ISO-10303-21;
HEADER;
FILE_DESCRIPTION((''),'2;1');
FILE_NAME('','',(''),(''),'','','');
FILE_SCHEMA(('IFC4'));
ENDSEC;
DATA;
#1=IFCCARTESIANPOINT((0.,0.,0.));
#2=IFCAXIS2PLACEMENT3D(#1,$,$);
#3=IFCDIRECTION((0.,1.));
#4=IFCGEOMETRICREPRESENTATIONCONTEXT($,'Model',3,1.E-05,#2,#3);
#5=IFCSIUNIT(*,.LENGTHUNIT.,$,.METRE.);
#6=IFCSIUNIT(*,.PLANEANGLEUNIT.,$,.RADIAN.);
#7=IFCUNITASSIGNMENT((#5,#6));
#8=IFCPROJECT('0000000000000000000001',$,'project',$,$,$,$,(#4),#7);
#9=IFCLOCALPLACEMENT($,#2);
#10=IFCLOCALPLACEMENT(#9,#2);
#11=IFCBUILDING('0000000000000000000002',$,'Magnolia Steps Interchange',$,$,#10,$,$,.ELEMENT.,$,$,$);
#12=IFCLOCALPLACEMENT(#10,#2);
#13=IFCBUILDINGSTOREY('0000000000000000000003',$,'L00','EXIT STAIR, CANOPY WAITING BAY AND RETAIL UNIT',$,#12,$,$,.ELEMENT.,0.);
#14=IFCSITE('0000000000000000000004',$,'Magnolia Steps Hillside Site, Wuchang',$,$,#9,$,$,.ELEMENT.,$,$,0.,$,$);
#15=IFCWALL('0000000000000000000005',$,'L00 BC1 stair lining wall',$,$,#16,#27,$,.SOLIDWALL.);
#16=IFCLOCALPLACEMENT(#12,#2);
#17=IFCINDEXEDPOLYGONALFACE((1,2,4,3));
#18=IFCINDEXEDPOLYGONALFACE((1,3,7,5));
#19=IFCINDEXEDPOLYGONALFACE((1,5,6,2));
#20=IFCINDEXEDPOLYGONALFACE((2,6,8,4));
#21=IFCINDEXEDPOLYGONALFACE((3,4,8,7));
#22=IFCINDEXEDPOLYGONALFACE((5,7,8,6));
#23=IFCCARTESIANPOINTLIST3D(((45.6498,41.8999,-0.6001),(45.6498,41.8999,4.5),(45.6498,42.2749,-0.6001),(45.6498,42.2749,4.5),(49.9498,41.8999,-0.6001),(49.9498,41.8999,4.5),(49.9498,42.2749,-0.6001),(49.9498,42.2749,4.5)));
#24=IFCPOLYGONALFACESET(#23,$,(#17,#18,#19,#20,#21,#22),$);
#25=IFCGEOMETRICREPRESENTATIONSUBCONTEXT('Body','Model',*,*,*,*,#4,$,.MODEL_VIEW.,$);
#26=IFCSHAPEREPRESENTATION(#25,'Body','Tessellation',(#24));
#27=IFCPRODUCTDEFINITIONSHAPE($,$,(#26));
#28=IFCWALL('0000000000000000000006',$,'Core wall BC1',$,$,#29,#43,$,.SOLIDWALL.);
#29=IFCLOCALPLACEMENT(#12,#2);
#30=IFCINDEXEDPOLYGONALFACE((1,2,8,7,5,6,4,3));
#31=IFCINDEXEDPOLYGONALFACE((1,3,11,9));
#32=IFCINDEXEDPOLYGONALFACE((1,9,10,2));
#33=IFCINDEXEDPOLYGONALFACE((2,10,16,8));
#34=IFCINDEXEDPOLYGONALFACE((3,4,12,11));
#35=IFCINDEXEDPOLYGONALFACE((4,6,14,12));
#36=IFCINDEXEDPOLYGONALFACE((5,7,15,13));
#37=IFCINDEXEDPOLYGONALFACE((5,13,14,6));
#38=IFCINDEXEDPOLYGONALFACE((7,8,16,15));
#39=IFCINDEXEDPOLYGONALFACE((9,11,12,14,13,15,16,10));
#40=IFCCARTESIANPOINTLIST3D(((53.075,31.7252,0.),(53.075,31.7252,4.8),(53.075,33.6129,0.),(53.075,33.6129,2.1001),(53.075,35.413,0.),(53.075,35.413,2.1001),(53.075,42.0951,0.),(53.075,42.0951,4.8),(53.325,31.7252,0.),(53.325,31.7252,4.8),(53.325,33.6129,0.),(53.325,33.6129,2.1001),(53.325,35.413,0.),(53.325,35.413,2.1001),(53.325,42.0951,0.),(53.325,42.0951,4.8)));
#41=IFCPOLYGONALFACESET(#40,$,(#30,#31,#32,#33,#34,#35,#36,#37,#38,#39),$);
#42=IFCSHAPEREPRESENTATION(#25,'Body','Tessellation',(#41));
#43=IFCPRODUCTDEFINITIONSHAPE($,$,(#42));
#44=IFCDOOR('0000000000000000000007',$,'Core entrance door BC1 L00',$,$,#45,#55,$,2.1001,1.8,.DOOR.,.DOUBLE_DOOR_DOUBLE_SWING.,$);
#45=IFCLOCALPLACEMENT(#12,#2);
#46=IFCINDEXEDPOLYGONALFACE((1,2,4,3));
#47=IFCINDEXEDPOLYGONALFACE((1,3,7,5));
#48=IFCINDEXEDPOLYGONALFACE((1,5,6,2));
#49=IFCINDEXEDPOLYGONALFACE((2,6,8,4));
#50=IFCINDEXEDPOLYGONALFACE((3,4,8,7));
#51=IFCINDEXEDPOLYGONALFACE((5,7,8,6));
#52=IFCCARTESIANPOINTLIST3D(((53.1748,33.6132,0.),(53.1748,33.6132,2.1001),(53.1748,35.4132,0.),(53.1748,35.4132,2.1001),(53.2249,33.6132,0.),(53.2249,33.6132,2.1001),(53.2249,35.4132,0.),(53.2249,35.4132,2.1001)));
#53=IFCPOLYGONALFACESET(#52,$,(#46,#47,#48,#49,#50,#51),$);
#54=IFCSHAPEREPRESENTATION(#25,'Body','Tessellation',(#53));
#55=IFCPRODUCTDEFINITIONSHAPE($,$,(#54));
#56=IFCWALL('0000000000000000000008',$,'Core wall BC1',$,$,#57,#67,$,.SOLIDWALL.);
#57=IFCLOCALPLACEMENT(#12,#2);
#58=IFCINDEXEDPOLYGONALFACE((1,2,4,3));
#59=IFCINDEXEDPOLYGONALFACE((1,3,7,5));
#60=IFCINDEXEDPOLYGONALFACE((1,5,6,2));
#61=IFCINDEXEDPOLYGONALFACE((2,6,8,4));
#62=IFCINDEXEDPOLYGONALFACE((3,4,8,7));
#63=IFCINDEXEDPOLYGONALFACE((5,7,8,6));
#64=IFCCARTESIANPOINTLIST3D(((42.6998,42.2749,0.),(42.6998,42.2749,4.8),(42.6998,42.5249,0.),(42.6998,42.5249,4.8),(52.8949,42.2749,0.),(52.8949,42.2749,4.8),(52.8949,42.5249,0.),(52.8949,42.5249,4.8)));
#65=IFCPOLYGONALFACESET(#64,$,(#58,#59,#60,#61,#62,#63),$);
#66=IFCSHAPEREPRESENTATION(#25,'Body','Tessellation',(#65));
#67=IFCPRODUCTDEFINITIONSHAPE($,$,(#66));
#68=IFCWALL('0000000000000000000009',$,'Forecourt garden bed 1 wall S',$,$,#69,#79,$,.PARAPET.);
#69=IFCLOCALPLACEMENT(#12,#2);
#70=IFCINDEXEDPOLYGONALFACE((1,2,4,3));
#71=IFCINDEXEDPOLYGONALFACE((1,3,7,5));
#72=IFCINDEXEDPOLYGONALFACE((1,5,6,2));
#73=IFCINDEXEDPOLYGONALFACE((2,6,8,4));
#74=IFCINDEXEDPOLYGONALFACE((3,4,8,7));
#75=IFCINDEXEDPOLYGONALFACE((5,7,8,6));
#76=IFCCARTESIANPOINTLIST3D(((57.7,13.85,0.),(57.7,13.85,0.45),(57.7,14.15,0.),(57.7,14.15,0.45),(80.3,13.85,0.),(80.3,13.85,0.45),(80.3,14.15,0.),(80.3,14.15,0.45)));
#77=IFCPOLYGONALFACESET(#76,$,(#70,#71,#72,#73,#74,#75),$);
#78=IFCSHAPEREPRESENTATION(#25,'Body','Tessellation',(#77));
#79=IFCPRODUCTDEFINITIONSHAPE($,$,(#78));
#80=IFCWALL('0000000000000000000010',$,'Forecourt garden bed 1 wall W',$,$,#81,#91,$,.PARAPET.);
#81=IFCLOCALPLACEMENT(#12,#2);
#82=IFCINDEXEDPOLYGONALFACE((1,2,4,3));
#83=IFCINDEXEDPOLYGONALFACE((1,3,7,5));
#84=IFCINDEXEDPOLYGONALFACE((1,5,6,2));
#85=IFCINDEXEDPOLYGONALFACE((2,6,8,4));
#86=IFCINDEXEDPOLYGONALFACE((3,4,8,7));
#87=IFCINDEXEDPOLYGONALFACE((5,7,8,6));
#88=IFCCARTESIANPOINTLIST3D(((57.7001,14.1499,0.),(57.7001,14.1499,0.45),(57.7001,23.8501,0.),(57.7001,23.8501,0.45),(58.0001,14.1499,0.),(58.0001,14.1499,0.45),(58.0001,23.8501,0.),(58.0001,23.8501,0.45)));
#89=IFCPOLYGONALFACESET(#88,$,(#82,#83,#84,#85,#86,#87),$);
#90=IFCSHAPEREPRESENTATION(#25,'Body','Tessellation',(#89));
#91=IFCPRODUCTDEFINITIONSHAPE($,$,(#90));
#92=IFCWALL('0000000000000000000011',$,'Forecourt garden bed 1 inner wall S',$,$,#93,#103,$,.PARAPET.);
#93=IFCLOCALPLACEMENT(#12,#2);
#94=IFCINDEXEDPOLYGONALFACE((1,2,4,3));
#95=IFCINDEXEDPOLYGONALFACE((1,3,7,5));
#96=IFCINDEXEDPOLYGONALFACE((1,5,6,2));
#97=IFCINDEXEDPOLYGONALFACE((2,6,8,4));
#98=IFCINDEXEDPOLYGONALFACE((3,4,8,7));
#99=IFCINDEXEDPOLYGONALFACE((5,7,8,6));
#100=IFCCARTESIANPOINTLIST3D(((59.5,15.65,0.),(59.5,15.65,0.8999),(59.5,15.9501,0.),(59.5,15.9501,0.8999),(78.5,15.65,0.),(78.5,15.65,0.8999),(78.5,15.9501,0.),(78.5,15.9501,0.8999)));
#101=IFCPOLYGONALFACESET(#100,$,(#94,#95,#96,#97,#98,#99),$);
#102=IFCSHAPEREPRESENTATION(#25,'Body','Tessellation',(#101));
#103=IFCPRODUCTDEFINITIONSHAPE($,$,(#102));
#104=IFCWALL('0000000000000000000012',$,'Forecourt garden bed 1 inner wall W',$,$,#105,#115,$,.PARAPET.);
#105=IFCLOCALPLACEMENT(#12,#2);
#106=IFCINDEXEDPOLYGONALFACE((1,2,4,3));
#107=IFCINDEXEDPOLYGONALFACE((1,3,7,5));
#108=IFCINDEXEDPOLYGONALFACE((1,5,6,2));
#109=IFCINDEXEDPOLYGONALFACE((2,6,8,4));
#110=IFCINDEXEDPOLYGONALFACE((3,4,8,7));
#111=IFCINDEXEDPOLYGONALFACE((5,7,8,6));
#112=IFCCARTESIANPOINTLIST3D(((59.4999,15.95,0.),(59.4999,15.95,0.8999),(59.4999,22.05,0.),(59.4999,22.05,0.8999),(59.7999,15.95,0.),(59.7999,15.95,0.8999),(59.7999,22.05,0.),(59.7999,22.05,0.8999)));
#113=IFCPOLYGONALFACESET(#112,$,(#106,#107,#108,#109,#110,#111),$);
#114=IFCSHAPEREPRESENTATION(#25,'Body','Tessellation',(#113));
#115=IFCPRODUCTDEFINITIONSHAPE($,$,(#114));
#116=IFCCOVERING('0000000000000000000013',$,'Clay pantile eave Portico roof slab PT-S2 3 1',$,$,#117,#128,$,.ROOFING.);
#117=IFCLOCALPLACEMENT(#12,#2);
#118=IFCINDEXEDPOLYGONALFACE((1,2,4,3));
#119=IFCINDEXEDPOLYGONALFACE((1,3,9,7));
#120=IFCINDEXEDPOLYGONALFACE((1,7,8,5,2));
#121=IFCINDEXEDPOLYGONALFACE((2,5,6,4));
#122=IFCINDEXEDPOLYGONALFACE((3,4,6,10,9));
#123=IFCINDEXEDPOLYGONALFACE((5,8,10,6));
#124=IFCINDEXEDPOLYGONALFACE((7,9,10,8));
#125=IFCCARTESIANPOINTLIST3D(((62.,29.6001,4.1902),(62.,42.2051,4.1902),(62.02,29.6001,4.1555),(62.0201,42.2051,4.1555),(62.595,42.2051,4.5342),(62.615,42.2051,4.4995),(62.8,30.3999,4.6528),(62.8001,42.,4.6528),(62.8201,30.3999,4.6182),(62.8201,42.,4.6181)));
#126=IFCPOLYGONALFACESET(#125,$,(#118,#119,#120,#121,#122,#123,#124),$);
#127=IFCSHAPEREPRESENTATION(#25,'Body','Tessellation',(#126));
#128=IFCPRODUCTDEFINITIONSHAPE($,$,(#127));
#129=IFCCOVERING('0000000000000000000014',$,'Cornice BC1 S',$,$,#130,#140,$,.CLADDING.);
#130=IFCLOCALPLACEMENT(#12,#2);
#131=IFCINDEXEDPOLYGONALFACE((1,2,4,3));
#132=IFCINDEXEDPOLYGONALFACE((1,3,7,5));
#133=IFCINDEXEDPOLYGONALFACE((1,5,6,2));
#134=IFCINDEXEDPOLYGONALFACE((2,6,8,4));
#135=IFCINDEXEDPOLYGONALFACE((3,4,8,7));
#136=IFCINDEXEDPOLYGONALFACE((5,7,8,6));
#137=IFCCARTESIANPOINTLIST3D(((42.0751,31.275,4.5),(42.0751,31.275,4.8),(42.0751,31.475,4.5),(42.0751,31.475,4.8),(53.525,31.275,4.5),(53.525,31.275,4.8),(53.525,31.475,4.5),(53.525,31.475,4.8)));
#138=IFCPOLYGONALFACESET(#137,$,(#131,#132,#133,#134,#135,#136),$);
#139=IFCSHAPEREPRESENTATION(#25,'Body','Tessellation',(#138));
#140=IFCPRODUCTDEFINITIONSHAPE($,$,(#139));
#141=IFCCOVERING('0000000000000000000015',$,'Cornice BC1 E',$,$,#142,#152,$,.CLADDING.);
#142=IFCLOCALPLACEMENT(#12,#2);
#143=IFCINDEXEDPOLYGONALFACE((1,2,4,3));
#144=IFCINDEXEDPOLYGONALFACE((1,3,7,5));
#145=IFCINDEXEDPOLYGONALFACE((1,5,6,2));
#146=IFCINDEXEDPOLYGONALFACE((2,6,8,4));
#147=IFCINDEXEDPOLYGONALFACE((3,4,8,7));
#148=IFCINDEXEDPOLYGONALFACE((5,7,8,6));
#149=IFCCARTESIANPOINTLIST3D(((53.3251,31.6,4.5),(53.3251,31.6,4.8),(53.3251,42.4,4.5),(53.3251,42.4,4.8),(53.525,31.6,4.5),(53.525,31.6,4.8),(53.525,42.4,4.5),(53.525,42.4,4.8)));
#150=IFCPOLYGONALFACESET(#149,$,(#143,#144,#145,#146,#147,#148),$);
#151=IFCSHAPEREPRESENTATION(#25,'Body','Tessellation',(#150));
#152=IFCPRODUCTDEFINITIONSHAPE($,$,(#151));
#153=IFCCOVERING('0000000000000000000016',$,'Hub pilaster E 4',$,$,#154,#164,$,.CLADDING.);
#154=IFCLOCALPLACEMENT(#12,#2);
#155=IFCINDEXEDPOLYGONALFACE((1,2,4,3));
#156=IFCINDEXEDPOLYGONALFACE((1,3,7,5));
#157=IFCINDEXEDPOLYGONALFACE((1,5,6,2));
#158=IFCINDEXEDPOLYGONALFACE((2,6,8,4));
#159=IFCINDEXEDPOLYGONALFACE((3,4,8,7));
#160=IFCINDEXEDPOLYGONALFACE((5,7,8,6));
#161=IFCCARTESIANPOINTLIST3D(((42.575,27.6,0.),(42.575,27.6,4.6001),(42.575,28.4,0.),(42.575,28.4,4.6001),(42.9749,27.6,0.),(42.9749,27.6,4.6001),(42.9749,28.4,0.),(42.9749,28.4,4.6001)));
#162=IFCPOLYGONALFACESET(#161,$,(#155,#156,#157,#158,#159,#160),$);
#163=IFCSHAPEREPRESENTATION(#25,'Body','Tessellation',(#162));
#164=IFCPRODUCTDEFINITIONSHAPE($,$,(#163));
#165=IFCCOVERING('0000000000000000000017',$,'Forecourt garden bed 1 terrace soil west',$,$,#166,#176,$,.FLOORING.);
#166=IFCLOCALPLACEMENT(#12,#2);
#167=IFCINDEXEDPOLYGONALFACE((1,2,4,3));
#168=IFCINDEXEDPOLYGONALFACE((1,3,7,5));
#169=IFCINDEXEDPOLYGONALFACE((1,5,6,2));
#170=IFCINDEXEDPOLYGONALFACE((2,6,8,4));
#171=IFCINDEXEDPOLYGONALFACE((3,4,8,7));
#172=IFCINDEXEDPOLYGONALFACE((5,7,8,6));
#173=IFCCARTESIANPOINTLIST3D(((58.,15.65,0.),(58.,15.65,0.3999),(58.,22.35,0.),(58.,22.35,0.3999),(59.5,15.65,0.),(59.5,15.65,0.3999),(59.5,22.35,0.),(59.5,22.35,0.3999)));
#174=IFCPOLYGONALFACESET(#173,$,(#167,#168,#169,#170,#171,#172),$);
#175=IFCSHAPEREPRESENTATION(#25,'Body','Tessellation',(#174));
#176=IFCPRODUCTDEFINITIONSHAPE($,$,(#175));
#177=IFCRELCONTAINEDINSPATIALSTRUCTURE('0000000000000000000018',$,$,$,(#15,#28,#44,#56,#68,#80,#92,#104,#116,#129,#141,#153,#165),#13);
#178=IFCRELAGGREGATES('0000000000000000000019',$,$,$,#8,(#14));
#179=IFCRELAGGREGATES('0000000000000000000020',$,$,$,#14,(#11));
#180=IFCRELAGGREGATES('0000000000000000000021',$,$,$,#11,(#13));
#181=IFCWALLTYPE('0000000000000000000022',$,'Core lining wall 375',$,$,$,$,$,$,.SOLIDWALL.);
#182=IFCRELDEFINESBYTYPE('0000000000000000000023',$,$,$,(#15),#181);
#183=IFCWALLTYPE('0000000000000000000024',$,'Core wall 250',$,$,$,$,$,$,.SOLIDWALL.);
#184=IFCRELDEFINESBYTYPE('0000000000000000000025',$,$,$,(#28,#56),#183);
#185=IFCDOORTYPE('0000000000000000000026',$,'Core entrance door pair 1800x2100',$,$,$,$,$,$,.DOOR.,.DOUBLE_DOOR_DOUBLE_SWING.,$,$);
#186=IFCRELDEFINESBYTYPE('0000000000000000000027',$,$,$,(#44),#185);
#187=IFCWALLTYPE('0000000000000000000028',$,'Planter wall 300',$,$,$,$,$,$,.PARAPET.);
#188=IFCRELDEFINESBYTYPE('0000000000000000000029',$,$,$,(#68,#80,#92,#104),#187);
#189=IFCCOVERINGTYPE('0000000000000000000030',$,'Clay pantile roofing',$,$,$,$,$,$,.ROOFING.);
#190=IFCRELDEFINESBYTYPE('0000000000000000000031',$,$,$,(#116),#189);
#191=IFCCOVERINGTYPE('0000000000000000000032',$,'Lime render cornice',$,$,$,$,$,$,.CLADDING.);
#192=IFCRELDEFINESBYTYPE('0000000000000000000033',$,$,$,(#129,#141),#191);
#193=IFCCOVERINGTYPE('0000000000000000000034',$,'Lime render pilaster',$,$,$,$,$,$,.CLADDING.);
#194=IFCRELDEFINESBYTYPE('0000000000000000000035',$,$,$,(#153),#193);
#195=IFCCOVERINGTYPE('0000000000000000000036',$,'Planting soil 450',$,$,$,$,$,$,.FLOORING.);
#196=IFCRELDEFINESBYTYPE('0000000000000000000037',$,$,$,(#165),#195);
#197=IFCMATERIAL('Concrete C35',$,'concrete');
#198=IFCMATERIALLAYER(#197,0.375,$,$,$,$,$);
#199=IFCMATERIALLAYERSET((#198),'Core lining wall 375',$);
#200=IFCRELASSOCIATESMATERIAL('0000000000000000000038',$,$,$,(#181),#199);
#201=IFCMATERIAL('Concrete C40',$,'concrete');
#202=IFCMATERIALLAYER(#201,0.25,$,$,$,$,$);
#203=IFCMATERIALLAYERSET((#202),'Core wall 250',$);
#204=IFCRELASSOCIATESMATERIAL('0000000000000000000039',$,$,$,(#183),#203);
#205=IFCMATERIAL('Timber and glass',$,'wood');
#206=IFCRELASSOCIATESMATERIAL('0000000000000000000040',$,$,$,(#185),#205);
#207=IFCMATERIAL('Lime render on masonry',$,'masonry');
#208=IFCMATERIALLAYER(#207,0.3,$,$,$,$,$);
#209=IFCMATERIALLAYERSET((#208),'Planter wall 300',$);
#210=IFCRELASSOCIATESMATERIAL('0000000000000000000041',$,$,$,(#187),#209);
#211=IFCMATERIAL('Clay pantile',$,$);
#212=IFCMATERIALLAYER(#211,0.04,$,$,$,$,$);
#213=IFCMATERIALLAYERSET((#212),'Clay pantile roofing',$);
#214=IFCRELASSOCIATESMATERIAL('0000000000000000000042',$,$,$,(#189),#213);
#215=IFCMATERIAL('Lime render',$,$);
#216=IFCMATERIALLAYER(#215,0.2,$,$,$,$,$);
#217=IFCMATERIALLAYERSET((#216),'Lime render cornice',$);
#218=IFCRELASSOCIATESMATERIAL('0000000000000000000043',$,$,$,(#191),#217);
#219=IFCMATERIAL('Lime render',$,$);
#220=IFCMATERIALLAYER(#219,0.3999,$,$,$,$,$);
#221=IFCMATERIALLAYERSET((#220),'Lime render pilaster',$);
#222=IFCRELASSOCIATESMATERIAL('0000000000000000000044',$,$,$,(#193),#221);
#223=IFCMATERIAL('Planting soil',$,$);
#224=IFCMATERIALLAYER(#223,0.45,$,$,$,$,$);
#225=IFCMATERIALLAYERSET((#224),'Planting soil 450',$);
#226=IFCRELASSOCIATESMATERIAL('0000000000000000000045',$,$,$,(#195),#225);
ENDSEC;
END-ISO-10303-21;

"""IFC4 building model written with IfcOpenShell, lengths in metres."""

from ifc_helpers import new_model, si_unit, direction, frame, frame_2d, origin, origin_2d, place, context, subcontext, project, spatial, polyline, rectangle, outline, extrude, material, layer, layer_set, type_object, element, fill, save


model = new_model("IFC4")

# Units and contexts
model_context = context("Model", 3, precision=1e-05, world=origin(), true_north=direction((0.0, 1.0)))
body_context = subcontext(model_context, "Body", "Model", "MODEL_VIEW")
ifc_project = project(units=[si_unit("LENGTHUNIT", "METRE"), si_unit("PLANEANGLEUNIT", "RADIAN")], contexts=[model_context])

# Site, building, storey
site_placement = place(None, origin())
site = spatial("IfcSite", under=ifc_project, at=site_placement, Name="Magnolia Steps Hillside Site, Wuchang", CompositionType="ELEMENT", RefElevation=0.0)
building_placement = place(site_placement, origin())
building = spatial("IfcBuilding", under=site, at=building_placement, Name="Magnolia Steps Interchange", CompositionType="ELEMENT")
storey_placement = place(building_placement, origin())
storey = spatial("IfcBuildingStorey", under=building, at=storey_placement, Name="L00", Description="EXIT STAIR, CANOPY WAITING BAY AND RETAIL UNIT", CompositionType="ELEMENT", Elevation=0.0)

# Wall
ifc_material_1 = material(Name="Concrete C35", Category="concrete")
ifc_layer_1 = layer(ifc_material_1, 0.375)
ifc_layer_set_1 = layer_set([ifc_layer_1], Name="Core lining wall 375")
wall_type_1 = type_object("IfcWallType", Name="Core lining wall 375", PredefinedType="SOLIDWALL", material=ifc_layer_set_1)
wall_1_placement = place(storey_placement, frame((45.6499, 42.0874, -0.6001), z_axis=(0.0, 0.0, 1.0), x_axis=(1.0, 0.0, 0.0)))
element("IfcWall", 1, at=wall_1_placement, inside=storey, type_object=wall_type_1, Name="L00 BC1 stair lining wall", PredefinedType="SOLIDWALL", context=body_context, shape_type="SweptSolid", body=[
    extrude(rectangle(XDim=4.3, YDim=0.375, at=frame_2d((2.1499, 0.0))), origin(), (0.0, 0.0, 1.0), 5.1001),
])

# Wall, opening, door
ifc_material_2 = material(Name="Concrete C40", Category="concrete")
ifc_layer_2 = layer(ifc_material_2, 0.25)
ifc_layer_set_2 = layer_set([ifc_layer_2], Name="Core wall 250")
wall_type_2 = type_object("IfcWallType", Name="Core wall 250", PredefinedType="SOLIDWALL", material=ifc_layer_set_2)
wall_2_placement = place(storey_placement, frame((53.2, 31.7251, 0.0), z_axis=(0.0, 0.0, 1.0), x_axis=(0.0, 1.0, 0.0)))
wall_2 = element("IfcWall", 2, at=wall_2_placement, inside=storey, type_object=wall_type_2, Name="Core wall BC1", PredefinedType="SOLIDWALL", context=body_context, shape_type="SweptSolid", body=[
    extrude(rectangle(XDim=10.3699, YDim=0.25, at=frame_2d((5.1851, 0.0))), origin(), (0.0, 0.0, 1.0), 4.8),
])
opening_1_placement = place(wall_2_placement, frame((1.8879, 0.0, 0.0)))
opening_1 = element("IfcOpeningElement", 3, at=opening_1_placement, cuts=wall_2, PredefinedType="OPENING", context=body_context, shape_type="SweptSolid", body=[
    extrude(rectangle(XDim=1.8, YDim=2.1001, at=frame_2d((0.8999, 1.05))), frame((0.0, 0.135, 0.0), z_axis=(0.0, -1.0, 0.0), x_axis=(1.0, 0.0, 0.0)), (0.0, 0.0, 1.0), 0.27),
])
ifc_material_3 = material(Name="Timber and glass", Category="wood")
door_type_1 = type_object("IfcDoorType", Name="Core entrance door pair 1800x2100", OperationType="DOUBLE_DOOR_DOUBLE_SWING", PredefinedType="DOOR", material=ifc_material_3)
door_1_placement = place(opening_1_placement, frame((1.8, 0.0, 0.0), z_axis=(0.0, 0.0, 1.0), x_axis=(-1.0, 0.0, 0.0)))
door_1 = element("IfcDoor", 4, at=door_1_placement, inside=storey, type_object=door_type_1, Name="Core entrance door BC1 L00", OperationType="DOUBLE_DOOR_DOUBLE_SWING", OverallHeight=2.1001, OverallWidth=1.8, PredefinedType="DOOR", context=body_context, shape_type="SweptSolid", body=[
    extrude(rectangle(XDim=1.8, YDim=2.1001, at=frame_2d((0.8999, 1.05))), frame((0.0, 0.0249, 0.0), z_axis=(0.0, -1.0, 0.0), x_axis=(1.0, 0.0, 0.0)), (0.0, 0.0, 1.0), 0.05),
])
fill(opening_1, door_1)

# Walls
wall_3_placement = place(storey_placement, frame((52.895, 42.3999, 0.0), z_axis=(0.0, 0.0, 1.0), x_axis=(-1.0, 0.0, 0.0)))
element("IfcWall", 5, at=wall_3_placement, inside=storey, type_object=wall_type_2, Name="Core wall BC1", PredefinedType="SOLIDWALL", context=body_context, shape_type="SweptSolid", body=[
    extrude(rectangle(XDim=10.1951, YDim=0.25, at=frame_2d((5.0977, 0.0))), origin(), (0.0, 0.0, 1.0), 4.8),
])
ifc_material_4 = material(Name="Lime render on masonry", Category="masonry")
ifc_layer_3 = layer(ifc_material_4, 0.3)
ifc_layer_set_3 = layer_set([ifc_layer_3], Name="Planter wall 300")
wall_type_3 = type_object("IfcWallType", Name="Planter wall 300", PredefinedType="PARAPET", material=ifc_layer_set_3)
wall_4_placement = place(storey_placement, frame((57.7, 14.0, 0.0), z_axis=(0.0, 0.0, 1.0), x_axis=(1.0, 0.0, 0.0)))
element("IfcWall", 6, at=wall_4_placement, inside=storey, type_object=wall_type_3, Name="Forecourt garden bed 1 wall S", PredefinedType="PARAPET", context=body_context, shape_type="SweptSolid", body=[
    extrude(rectangle(XDim=22.6001, YDim=0.3, at=frame_2d((11.3, 0.0))), origin(), (0.0, 0.0, 1.0), 0.45),
])
wall_5_placement = place(storey_placement, frame((57.8501, 23.8501, 0.0), z_axis=(0.0, 0.0, 1.0), x_axis=(0.0, -1.0, 0.0)))
element("IfcWall", 7, at=wall_5_placement, inside=storey, type_object=wall_type_3, Name="Forecourt garden bed 1 wall W", PredefinedType="PARAPET", context=body_context, shape_type="SweptSolid", body=[
    extrude(rectangle(XDim=9.7002, YDim=0.3, at=frame_2d((4.8501, 0.0))), origin(), (0.0, 0.0, 1.0), 0.45),
])
wall_6_placement = place(storey_placement, frame((59.5, 15.8, 0.0), z_axis=(0.0, 0.0, 1.0), x_axis=(1.0, 0.0, 0.0)))
element("IfcWall", 8, at=wall_6_placement, inside=storey, type_object=wall_type_3, Name="Forecourt garden bed 1 inner wall S", PredefinedType="PARAPET", context=body_context, shape_type="SweptSolid", body=[
    extrude(rectangle(XDim=19.0, YDim=0.3, at=frame_2d((9.5, 0.0))), origin(), (0.0, 0.0, 1.0), 0.8999),
])
wall_7_placement = place(storey_placement, frame((59.6499, 22.05, 0.0), z_axis=(0.0, 0.0, 1.0), x_axis=(0.0, -1.0, 0.0)))
element("IfcWall", 9, at=wall_7_placement, inside=storey, type_object=wall_type_3, Name="Forecourt garden bed 1 inner wall W", PredefinedType="PARAPET", context=body_context, shape_type="SweptSolid", body=[
    extrude(rectangle(XDim=6.1001, YDim=0.3, at=frame_2d((3.05, 0.0))), origin(), (0.0, 0.0, 1.0), 0.8999),
])

# Coverings
ifc_material_5 = material(Name="Clay pantile")
ifc_layer_4 = layer(ifc_material_5, 0.04)
ifc_layer_set_4 = layer_set([ifc_layer_4], Name="Clay pantile roofing")
covering_type_1 = type_object("IfcCoveringType", Name="Clay pantile roofing", PredefinedType="ROOFING", material=ifc_layer_set_4)
covering_1_placement = place(storey_placement, frame((62.0, 29.6001, 4.1902), z_axis=(-0.500598, 0.000002, 0.86568), x_axis=(0.000001, 1.0, -0.000002)))
element("IfcCovering", 10, at=covering_1_placement, inside=storey, type_object=covering_type_1, Name="Clay pantile eave Portico roof slab PT-S2 3 1", PredefinedType="ROOFING", context=body_context, shape_type="SweptSolid", body=[
    extrude(outline(polyline([(0.0, 0.0), (12.605, 0.0), (12.605, -0.6873), (12.3999, -0.9242), (0.7998, -0.9242), (0.0, 0.0)])), origin(), (0.0, 0.0, -1.0), 0.04),
])
ifc_material_6 = material(Name="Lime render")
ifc_layer_5 = layer(ifc_material_6, 0.2)
ifc_layer_set_5 = layer_set([ifc_layer_5], Name="Lime render cornice")
covering_type_2 = type_object("IfcCoveringType", Name="Lime render cornice", PredefinedType="CLADDING", material=ifc_layer_set_5)
covering_2_placement = place(storey_placement, frame((47.8, 31.375, 4.5), z_axis=(0.0, 0.0, 1.0), x_axis=(1.0, 0.0, 0.0)))
element("IfcCovering", 11, at=covering_2_placement, inside=storey, type_object=covering_type_2, Name="Cornice BC1 S", PredefinedType="CLADDING", context=body_context, shape_type="SweptSolid", body=[
    extrude(rectangle(XDim=11.45, YDim=0.2, at=origin_2d()), origin(), (0.0, 0.0, 1.0), 0.3),
])
covering_3_placement = place(storey_placement, frame((53.425, 37.0, 4.5), z_axis=(0.0, 0.0, 1.0), x_axis=(1.0, 0.0, 0.0)))
element("IfcCovering", 12, at=covering_3_placement, inside=storey, type_object=covering_type_2, Name="Cornice BC1 E", PredefinedType="CLADDING", context=body_context, shape_type="SweptSolid", body=[
    extrude(rectangle(XDim=0.2, YDim=10.8, at=origin_2d()), origin(), (0.0, 0.0, 1.0), 0.3),
])
ifc_material_7 = material(Name="Lime render")
ifc_layer_6 = layer(ifc_material_7, 0.3999)
ifc_layer_set_6 = layer_set([ifc_layer_6], Name="Lime render pilaster")
covering_type_3 = type_object("IfcCoveringType", Name="Lime render pilaster", PredefinedType="CLADDING", material=ifc_layer_set_6)
covering_4_placement = place(storey_placement, frame((42.7749, 28.0, 0.0), z_axis=(0.0, 0.0, 1.0), x_axis=(1.0, 0.0, 0.0)))
element("IfcCovering", 13, at=covering_4_placement, inside=storey, type_object=covering_type_3, Name="Hub pilaster E 4", PredefinedType="CLADDING", context=body_context, shape_type="SweptSolid", body=[
    extrude(rectangle(XDim=0.3999, YDim=0.8, at=origin_2d()), origin(), (0.0, 0.0, 1.0), 4.6001),
])
ifc_material_8 = material(Name="Planting soil")
ifc_layer_7 = layer(ifc_material_8, 0.45)
ifc_layer_set_7 = layer_set([ifc_layer_7], Name="Planting soil 450")
covering_type_4 = type_object("IfcCoveringType", Name="Planting soil 450", PredefinedType="FLOORING", material=ifc_layer_set_7)
covering_5_placement = place(storey_placement, frame((58.75, 19.0, 0.0), z_axis=(0.0, 0.0, 1.0), x_axis=(1.0, 0.0, 0.0)))
element("IfcCovering", 14, at=covering_5_placement, inside=storey, type_object=covering_type_4, Name="Forecourt garden bed 1 terrace soil west", PredefinedType="FLOORING", context=body_context, shape_type="SweptSolid", body=[
    extrude(rectangle(XDim=1.5, YDim=6.7, at=origin_2d()), origin(), (0.0, 0.0, 1.0), 0.3999),
])

save(model, "model.ifc")
